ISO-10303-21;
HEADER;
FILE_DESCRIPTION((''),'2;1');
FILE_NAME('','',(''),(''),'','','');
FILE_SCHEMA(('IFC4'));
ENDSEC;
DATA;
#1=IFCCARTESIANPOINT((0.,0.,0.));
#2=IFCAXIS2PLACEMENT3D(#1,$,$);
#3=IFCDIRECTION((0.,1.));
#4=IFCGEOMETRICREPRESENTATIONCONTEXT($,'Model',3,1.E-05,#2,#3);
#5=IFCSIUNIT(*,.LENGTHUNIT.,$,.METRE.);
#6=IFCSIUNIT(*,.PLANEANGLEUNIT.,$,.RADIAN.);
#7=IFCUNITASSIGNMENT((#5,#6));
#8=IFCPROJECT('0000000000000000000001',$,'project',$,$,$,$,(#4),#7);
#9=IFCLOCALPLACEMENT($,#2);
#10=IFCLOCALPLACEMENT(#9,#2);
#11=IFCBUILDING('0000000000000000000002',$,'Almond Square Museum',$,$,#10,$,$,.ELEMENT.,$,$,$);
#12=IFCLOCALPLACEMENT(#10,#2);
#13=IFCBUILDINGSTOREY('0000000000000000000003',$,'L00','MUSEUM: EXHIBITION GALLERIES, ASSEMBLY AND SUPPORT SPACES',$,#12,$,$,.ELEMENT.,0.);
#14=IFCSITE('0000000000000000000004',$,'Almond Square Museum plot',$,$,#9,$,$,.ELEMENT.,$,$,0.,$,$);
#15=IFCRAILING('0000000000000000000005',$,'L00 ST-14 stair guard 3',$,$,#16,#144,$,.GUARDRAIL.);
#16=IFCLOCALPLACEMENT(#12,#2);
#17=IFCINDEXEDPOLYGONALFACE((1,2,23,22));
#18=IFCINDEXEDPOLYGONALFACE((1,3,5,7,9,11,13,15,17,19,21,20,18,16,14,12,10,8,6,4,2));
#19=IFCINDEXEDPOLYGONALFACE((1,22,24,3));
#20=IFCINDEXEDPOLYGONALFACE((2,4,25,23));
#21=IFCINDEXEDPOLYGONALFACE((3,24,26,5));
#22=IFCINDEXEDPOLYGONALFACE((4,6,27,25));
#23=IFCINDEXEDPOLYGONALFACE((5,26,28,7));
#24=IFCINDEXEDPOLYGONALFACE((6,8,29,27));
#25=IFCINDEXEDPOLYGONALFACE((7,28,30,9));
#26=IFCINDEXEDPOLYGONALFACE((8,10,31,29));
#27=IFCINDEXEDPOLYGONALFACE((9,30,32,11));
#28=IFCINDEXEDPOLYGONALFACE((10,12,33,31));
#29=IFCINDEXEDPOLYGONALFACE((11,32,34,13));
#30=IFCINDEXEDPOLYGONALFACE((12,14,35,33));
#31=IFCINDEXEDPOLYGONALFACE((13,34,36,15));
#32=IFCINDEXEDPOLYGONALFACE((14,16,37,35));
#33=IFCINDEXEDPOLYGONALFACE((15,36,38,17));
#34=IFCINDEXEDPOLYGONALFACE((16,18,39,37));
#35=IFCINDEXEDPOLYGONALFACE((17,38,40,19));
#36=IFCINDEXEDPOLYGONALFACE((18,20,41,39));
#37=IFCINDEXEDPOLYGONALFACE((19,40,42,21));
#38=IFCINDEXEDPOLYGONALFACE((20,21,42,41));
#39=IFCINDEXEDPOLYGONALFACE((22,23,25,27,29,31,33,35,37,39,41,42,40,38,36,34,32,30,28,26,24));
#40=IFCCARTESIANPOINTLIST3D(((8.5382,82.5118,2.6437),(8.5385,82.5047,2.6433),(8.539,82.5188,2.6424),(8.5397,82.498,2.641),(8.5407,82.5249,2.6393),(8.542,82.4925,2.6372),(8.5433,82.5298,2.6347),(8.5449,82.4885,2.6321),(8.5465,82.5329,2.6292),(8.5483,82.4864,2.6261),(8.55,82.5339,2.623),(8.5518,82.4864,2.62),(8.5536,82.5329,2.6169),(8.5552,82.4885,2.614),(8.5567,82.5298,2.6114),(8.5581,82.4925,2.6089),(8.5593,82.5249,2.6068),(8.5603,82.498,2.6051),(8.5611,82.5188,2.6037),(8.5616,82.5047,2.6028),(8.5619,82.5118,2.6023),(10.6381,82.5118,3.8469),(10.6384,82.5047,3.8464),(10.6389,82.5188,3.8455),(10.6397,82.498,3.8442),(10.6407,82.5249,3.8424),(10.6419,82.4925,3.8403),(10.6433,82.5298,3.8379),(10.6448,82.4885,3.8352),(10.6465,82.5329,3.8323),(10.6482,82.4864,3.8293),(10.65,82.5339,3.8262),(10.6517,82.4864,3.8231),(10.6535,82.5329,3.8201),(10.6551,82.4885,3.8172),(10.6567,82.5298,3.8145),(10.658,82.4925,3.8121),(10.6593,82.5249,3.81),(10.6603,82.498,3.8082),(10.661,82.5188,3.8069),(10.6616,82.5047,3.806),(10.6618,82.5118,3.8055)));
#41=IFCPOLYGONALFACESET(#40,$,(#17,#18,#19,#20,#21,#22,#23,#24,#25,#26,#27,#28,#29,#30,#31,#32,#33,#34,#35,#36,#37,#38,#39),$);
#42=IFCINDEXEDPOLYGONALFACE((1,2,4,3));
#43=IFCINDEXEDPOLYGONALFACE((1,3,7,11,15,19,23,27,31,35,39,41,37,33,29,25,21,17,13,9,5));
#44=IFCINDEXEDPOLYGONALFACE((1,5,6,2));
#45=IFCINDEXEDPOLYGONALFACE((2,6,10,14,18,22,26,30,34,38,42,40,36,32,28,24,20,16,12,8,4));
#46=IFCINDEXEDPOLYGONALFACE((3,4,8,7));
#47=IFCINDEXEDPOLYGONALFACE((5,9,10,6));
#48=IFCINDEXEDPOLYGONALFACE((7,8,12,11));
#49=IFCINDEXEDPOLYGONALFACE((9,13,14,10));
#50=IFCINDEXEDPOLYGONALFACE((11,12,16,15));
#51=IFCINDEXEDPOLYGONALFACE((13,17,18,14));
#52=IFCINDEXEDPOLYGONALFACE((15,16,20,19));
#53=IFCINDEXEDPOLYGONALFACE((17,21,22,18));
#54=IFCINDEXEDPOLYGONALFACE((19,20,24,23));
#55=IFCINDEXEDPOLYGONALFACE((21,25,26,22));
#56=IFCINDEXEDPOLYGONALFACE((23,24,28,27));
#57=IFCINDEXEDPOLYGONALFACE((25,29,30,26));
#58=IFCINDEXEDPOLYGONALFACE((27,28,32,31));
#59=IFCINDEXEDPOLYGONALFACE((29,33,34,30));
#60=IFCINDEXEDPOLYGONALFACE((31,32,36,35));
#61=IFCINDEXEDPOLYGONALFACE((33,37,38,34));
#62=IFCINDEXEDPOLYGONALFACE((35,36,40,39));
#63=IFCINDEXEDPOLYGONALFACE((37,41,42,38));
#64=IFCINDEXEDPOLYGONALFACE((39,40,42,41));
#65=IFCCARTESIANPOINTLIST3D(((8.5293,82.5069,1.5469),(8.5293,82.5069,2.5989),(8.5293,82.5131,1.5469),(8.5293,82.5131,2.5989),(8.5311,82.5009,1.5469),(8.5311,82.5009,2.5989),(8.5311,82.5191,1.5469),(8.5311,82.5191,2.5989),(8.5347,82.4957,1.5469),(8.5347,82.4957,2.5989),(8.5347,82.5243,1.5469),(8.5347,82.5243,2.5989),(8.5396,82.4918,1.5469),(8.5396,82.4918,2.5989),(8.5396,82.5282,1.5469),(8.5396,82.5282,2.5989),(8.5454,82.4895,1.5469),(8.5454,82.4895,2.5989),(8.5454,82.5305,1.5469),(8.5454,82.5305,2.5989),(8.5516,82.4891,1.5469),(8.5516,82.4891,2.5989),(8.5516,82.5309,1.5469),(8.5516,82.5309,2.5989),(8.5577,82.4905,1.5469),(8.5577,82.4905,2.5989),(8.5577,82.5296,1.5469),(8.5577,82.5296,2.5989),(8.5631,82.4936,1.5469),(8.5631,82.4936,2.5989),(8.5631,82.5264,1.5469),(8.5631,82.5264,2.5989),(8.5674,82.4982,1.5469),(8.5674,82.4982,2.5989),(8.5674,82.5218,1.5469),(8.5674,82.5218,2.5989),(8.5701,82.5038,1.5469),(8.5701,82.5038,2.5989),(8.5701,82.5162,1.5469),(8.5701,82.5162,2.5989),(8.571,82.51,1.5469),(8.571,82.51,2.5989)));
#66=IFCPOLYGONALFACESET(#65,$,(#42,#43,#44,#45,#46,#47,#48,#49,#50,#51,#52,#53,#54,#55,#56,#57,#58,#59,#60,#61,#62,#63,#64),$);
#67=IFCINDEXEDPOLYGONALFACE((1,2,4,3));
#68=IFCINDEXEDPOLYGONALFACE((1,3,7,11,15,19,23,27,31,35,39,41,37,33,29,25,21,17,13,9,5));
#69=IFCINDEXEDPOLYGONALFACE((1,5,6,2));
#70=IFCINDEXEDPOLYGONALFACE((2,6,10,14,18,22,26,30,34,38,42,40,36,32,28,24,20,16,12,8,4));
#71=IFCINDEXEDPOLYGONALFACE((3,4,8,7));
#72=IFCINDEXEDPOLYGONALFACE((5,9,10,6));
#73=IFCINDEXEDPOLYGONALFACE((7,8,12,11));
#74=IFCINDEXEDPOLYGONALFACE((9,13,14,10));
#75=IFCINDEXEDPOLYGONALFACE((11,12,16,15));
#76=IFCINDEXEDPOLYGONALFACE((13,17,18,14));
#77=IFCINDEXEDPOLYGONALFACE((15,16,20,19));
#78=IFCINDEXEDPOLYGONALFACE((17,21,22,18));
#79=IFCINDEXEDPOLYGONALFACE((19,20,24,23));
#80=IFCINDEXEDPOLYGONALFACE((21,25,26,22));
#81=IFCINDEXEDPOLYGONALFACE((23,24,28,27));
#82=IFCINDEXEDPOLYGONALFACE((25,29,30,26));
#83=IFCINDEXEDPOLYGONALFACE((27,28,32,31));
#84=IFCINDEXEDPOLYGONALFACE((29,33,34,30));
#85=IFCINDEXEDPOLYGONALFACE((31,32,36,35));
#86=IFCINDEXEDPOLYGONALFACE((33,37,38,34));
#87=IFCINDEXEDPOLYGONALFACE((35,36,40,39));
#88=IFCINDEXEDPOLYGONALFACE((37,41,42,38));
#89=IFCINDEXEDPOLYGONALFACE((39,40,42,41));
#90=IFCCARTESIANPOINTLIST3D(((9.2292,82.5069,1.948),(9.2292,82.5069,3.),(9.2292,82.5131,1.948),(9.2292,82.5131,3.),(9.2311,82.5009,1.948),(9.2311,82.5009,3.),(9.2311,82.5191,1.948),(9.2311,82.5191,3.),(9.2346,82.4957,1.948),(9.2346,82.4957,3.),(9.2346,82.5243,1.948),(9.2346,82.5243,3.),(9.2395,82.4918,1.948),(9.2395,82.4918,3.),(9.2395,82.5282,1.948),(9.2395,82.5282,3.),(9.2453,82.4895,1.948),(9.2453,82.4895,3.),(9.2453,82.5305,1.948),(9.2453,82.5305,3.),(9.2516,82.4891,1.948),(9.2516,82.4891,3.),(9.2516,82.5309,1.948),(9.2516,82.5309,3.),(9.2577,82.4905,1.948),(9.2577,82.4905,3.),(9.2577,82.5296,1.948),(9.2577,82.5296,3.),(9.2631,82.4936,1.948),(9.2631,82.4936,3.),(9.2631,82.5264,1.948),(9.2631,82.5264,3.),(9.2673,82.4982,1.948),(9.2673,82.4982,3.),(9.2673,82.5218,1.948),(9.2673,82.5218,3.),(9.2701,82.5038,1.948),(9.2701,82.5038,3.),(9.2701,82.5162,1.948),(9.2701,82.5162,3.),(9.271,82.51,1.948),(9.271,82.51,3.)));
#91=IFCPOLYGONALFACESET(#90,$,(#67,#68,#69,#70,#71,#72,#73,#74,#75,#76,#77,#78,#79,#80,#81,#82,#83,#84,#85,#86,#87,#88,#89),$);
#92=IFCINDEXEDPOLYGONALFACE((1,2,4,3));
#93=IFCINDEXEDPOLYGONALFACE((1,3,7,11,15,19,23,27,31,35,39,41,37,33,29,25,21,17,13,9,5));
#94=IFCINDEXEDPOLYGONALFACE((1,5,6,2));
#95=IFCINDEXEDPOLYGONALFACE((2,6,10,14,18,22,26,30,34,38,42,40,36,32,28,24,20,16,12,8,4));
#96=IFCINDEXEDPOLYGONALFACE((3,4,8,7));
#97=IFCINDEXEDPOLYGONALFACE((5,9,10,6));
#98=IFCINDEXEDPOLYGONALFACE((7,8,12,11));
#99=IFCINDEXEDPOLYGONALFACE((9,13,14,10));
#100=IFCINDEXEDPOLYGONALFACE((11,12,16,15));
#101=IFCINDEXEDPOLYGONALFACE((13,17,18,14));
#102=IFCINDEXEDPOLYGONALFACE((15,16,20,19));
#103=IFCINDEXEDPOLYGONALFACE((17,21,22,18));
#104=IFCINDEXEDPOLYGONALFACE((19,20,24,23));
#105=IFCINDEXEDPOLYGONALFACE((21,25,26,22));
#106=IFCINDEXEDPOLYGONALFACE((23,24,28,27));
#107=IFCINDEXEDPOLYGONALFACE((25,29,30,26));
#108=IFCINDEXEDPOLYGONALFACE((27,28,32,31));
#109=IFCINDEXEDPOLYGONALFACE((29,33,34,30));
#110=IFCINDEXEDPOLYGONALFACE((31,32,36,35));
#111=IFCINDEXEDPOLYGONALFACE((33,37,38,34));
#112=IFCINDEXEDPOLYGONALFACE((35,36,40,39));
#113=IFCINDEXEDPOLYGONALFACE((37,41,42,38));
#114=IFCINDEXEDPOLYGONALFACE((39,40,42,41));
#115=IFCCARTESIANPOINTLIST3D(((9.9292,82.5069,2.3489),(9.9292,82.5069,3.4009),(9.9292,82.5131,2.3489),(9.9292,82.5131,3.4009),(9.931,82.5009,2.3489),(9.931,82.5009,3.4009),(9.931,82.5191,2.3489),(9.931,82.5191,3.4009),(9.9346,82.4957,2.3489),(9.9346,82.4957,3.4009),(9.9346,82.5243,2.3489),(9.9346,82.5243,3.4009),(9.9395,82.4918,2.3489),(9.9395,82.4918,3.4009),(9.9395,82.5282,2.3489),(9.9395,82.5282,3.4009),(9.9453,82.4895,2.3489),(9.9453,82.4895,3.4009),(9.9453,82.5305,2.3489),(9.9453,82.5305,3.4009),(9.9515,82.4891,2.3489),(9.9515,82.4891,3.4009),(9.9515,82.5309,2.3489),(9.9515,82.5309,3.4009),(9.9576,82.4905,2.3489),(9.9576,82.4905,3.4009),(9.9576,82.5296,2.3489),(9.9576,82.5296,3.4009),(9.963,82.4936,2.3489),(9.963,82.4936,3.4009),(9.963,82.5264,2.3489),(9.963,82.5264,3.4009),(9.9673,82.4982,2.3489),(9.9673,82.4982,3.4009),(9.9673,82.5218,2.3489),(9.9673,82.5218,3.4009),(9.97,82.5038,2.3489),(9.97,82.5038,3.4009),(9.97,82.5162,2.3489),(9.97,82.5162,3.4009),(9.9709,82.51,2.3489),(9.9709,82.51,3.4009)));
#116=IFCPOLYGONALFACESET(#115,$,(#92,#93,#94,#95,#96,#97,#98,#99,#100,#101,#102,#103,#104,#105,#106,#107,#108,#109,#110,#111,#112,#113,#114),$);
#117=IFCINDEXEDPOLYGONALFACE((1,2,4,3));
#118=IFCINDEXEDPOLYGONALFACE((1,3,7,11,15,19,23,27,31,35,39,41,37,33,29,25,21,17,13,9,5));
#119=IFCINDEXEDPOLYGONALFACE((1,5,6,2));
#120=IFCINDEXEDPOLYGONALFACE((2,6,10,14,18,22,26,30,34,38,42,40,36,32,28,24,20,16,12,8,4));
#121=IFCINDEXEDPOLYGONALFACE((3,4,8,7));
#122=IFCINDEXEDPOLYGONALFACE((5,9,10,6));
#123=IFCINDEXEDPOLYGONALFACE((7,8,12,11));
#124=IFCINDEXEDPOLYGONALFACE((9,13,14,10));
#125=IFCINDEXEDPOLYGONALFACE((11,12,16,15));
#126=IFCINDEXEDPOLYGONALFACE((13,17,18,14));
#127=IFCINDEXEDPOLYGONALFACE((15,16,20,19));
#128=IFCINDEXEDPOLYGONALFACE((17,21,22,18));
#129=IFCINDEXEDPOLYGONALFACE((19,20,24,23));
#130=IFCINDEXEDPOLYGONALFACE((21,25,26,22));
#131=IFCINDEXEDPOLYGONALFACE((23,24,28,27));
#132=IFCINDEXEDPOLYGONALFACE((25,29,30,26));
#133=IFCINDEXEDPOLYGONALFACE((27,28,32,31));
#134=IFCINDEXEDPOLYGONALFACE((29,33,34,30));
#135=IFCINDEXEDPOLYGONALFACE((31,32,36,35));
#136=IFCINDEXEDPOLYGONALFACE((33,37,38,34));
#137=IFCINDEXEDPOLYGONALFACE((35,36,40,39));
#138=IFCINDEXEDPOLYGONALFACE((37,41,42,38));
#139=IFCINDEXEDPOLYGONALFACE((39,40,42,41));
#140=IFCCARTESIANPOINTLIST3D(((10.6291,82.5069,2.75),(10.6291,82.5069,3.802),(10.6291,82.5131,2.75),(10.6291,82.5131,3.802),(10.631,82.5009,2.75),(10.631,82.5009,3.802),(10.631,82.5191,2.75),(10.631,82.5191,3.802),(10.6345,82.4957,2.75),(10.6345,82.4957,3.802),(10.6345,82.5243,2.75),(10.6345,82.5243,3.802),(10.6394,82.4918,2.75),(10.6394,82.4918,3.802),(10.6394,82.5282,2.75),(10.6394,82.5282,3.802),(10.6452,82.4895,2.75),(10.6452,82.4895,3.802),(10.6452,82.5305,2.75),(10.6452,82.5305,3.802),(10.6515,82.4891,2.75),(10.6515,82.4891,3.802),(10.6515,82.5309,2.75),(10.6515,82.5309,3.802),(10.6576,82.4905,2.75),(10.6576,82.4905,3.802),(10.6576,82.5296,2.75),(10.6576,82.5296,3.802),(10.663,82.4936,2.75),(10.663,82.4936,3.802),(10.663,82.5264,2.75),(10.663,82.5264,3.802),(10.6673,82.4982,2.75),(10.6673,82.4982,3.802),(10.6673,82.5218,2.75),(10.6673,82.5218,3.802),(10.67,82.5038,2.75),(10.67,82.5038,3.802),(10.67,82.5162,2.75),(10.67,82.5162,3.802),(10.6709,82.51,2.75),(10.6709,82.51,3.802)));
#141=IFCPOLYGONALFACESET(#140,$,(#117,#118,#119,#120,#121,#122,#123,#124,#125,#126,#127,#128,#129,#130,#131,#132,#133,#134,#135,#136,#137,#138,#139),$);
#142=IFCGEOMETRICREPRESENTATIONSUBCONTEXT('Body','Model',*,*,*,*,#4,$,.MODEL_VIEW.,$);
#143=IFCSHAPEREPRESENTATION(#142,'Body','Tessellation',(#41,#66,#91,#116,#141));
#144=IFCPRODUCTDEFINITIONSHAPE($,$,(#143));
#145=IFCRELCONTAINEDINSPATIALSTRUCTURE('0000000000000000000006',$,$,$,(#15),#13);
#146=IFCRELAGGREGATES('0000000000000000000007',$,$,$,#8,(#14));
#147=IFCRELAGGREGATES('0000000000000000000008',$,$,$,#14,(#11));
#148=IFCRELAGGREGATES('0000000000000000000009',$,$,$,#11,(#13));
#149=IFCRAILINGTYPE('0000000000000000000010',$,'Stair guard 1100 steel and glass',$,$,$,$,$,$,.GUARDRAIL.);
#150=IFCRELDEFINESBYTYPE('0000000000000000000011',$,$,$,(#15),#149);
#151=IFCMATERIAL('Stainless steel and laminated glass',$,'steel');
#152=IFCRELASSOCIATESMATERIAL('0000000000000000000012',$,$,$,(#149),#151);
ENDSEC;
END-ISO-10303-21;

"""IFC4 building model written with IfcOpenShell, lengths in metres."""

from ifc_helpers import new_model, si_unit, direction, frame, origin, origin_2d, place, context, subcontext, project, spatial, circle, extrude, material, type_object, element, save


model = new_model("IFC4")

# Units and contexts
model_context = context("Model", 3, precision=1e-05, world=origin(), true_north=direction((0.0, 1.0)))
body_context = subcontext(model_context, "Body", "Model", "MODEL_VIEW")
ifc_project = project(units=[si_unit("LENGTHUNIT", "METRE"), si_unit("PLANEANGLEUNIT", "RADIAN")], contexts=[model_context])

# Site, building, storey
site_placement = place(None, origin())
site = spatial("IfcSite", under=ifc_project, at=site_placement, Name="Almond Square Museum plot", CompositionType="ELEMENT", RefElevation=0.0)
building_placement = place(site_placement, origin())
building = spatial("IfcBuilding", under=site, at=building_placement, Name="Almond Square Museum", CompositionType="ELEMENT")
storey_placement = place(building_placement, origin())
storey = spatial("IfcBuildingStorey", under=building, at=storey_placement, Name="L00", Description="MUSEUM: EXHIBITION GALLERIES, ASSEMBLY AND SUPPORT SPACES", CompositionType="ELEMENT", Elevation=0.0)

# Railing
ifc_material_1 = material(Name="Stainless steel and laminated glass", Category="steel")
railing_type_1 = type_object("IfcRailingType", Name="Stair guard 1100 steel and glass", PredefinedType="GUARDRAIL", material=ifc_material_1)
for number, where, name in (
    (1, (8.55, 82.51, 1.5469), "L00 ST-14 stair guard 3"),
):
    element("IfcRailing", number, at=place(storey_placement, frame(where)), inside=storey, type_object=railing_type_1, Name=name, PredefinedType="GUARDRAIL", context=body_context, shape_type="SweptSolid", body=[
        extrude(circle(Radius=0.0239, at=origin_2d()), frame((0.0, 0.0, 1.0762), z_axis=(0.867671, 0.0, 0.497138), x_axis=(0.0, 1.0, 0.0)), (0.0, 0.0, 1.0), 2.4202),
        extrude(circle(Radius=0.021, at=origin_2d()), origin(), (0.0, 0.0, 1.0), 1.052),
        extrude(circle(Radius=0.021, at=origin_2d()), frame((0.7, 0.0, 0.4011)), (0.0, 0.0, 1.0), 1.052),
        extrude(circle(Radius=0.021, at=origin_2d()), frame((1.3999, 0.0, 0.802)), (0.0, 0.0, 1.0), 1.052),
        extrude(circle(Radius=0.021, at=origin_2d()), frame((2.0999, 0.0, 1.2031)), (0.0, 0.0, 1.0), 1.052),
    ])

save(model, "model.ifc")
